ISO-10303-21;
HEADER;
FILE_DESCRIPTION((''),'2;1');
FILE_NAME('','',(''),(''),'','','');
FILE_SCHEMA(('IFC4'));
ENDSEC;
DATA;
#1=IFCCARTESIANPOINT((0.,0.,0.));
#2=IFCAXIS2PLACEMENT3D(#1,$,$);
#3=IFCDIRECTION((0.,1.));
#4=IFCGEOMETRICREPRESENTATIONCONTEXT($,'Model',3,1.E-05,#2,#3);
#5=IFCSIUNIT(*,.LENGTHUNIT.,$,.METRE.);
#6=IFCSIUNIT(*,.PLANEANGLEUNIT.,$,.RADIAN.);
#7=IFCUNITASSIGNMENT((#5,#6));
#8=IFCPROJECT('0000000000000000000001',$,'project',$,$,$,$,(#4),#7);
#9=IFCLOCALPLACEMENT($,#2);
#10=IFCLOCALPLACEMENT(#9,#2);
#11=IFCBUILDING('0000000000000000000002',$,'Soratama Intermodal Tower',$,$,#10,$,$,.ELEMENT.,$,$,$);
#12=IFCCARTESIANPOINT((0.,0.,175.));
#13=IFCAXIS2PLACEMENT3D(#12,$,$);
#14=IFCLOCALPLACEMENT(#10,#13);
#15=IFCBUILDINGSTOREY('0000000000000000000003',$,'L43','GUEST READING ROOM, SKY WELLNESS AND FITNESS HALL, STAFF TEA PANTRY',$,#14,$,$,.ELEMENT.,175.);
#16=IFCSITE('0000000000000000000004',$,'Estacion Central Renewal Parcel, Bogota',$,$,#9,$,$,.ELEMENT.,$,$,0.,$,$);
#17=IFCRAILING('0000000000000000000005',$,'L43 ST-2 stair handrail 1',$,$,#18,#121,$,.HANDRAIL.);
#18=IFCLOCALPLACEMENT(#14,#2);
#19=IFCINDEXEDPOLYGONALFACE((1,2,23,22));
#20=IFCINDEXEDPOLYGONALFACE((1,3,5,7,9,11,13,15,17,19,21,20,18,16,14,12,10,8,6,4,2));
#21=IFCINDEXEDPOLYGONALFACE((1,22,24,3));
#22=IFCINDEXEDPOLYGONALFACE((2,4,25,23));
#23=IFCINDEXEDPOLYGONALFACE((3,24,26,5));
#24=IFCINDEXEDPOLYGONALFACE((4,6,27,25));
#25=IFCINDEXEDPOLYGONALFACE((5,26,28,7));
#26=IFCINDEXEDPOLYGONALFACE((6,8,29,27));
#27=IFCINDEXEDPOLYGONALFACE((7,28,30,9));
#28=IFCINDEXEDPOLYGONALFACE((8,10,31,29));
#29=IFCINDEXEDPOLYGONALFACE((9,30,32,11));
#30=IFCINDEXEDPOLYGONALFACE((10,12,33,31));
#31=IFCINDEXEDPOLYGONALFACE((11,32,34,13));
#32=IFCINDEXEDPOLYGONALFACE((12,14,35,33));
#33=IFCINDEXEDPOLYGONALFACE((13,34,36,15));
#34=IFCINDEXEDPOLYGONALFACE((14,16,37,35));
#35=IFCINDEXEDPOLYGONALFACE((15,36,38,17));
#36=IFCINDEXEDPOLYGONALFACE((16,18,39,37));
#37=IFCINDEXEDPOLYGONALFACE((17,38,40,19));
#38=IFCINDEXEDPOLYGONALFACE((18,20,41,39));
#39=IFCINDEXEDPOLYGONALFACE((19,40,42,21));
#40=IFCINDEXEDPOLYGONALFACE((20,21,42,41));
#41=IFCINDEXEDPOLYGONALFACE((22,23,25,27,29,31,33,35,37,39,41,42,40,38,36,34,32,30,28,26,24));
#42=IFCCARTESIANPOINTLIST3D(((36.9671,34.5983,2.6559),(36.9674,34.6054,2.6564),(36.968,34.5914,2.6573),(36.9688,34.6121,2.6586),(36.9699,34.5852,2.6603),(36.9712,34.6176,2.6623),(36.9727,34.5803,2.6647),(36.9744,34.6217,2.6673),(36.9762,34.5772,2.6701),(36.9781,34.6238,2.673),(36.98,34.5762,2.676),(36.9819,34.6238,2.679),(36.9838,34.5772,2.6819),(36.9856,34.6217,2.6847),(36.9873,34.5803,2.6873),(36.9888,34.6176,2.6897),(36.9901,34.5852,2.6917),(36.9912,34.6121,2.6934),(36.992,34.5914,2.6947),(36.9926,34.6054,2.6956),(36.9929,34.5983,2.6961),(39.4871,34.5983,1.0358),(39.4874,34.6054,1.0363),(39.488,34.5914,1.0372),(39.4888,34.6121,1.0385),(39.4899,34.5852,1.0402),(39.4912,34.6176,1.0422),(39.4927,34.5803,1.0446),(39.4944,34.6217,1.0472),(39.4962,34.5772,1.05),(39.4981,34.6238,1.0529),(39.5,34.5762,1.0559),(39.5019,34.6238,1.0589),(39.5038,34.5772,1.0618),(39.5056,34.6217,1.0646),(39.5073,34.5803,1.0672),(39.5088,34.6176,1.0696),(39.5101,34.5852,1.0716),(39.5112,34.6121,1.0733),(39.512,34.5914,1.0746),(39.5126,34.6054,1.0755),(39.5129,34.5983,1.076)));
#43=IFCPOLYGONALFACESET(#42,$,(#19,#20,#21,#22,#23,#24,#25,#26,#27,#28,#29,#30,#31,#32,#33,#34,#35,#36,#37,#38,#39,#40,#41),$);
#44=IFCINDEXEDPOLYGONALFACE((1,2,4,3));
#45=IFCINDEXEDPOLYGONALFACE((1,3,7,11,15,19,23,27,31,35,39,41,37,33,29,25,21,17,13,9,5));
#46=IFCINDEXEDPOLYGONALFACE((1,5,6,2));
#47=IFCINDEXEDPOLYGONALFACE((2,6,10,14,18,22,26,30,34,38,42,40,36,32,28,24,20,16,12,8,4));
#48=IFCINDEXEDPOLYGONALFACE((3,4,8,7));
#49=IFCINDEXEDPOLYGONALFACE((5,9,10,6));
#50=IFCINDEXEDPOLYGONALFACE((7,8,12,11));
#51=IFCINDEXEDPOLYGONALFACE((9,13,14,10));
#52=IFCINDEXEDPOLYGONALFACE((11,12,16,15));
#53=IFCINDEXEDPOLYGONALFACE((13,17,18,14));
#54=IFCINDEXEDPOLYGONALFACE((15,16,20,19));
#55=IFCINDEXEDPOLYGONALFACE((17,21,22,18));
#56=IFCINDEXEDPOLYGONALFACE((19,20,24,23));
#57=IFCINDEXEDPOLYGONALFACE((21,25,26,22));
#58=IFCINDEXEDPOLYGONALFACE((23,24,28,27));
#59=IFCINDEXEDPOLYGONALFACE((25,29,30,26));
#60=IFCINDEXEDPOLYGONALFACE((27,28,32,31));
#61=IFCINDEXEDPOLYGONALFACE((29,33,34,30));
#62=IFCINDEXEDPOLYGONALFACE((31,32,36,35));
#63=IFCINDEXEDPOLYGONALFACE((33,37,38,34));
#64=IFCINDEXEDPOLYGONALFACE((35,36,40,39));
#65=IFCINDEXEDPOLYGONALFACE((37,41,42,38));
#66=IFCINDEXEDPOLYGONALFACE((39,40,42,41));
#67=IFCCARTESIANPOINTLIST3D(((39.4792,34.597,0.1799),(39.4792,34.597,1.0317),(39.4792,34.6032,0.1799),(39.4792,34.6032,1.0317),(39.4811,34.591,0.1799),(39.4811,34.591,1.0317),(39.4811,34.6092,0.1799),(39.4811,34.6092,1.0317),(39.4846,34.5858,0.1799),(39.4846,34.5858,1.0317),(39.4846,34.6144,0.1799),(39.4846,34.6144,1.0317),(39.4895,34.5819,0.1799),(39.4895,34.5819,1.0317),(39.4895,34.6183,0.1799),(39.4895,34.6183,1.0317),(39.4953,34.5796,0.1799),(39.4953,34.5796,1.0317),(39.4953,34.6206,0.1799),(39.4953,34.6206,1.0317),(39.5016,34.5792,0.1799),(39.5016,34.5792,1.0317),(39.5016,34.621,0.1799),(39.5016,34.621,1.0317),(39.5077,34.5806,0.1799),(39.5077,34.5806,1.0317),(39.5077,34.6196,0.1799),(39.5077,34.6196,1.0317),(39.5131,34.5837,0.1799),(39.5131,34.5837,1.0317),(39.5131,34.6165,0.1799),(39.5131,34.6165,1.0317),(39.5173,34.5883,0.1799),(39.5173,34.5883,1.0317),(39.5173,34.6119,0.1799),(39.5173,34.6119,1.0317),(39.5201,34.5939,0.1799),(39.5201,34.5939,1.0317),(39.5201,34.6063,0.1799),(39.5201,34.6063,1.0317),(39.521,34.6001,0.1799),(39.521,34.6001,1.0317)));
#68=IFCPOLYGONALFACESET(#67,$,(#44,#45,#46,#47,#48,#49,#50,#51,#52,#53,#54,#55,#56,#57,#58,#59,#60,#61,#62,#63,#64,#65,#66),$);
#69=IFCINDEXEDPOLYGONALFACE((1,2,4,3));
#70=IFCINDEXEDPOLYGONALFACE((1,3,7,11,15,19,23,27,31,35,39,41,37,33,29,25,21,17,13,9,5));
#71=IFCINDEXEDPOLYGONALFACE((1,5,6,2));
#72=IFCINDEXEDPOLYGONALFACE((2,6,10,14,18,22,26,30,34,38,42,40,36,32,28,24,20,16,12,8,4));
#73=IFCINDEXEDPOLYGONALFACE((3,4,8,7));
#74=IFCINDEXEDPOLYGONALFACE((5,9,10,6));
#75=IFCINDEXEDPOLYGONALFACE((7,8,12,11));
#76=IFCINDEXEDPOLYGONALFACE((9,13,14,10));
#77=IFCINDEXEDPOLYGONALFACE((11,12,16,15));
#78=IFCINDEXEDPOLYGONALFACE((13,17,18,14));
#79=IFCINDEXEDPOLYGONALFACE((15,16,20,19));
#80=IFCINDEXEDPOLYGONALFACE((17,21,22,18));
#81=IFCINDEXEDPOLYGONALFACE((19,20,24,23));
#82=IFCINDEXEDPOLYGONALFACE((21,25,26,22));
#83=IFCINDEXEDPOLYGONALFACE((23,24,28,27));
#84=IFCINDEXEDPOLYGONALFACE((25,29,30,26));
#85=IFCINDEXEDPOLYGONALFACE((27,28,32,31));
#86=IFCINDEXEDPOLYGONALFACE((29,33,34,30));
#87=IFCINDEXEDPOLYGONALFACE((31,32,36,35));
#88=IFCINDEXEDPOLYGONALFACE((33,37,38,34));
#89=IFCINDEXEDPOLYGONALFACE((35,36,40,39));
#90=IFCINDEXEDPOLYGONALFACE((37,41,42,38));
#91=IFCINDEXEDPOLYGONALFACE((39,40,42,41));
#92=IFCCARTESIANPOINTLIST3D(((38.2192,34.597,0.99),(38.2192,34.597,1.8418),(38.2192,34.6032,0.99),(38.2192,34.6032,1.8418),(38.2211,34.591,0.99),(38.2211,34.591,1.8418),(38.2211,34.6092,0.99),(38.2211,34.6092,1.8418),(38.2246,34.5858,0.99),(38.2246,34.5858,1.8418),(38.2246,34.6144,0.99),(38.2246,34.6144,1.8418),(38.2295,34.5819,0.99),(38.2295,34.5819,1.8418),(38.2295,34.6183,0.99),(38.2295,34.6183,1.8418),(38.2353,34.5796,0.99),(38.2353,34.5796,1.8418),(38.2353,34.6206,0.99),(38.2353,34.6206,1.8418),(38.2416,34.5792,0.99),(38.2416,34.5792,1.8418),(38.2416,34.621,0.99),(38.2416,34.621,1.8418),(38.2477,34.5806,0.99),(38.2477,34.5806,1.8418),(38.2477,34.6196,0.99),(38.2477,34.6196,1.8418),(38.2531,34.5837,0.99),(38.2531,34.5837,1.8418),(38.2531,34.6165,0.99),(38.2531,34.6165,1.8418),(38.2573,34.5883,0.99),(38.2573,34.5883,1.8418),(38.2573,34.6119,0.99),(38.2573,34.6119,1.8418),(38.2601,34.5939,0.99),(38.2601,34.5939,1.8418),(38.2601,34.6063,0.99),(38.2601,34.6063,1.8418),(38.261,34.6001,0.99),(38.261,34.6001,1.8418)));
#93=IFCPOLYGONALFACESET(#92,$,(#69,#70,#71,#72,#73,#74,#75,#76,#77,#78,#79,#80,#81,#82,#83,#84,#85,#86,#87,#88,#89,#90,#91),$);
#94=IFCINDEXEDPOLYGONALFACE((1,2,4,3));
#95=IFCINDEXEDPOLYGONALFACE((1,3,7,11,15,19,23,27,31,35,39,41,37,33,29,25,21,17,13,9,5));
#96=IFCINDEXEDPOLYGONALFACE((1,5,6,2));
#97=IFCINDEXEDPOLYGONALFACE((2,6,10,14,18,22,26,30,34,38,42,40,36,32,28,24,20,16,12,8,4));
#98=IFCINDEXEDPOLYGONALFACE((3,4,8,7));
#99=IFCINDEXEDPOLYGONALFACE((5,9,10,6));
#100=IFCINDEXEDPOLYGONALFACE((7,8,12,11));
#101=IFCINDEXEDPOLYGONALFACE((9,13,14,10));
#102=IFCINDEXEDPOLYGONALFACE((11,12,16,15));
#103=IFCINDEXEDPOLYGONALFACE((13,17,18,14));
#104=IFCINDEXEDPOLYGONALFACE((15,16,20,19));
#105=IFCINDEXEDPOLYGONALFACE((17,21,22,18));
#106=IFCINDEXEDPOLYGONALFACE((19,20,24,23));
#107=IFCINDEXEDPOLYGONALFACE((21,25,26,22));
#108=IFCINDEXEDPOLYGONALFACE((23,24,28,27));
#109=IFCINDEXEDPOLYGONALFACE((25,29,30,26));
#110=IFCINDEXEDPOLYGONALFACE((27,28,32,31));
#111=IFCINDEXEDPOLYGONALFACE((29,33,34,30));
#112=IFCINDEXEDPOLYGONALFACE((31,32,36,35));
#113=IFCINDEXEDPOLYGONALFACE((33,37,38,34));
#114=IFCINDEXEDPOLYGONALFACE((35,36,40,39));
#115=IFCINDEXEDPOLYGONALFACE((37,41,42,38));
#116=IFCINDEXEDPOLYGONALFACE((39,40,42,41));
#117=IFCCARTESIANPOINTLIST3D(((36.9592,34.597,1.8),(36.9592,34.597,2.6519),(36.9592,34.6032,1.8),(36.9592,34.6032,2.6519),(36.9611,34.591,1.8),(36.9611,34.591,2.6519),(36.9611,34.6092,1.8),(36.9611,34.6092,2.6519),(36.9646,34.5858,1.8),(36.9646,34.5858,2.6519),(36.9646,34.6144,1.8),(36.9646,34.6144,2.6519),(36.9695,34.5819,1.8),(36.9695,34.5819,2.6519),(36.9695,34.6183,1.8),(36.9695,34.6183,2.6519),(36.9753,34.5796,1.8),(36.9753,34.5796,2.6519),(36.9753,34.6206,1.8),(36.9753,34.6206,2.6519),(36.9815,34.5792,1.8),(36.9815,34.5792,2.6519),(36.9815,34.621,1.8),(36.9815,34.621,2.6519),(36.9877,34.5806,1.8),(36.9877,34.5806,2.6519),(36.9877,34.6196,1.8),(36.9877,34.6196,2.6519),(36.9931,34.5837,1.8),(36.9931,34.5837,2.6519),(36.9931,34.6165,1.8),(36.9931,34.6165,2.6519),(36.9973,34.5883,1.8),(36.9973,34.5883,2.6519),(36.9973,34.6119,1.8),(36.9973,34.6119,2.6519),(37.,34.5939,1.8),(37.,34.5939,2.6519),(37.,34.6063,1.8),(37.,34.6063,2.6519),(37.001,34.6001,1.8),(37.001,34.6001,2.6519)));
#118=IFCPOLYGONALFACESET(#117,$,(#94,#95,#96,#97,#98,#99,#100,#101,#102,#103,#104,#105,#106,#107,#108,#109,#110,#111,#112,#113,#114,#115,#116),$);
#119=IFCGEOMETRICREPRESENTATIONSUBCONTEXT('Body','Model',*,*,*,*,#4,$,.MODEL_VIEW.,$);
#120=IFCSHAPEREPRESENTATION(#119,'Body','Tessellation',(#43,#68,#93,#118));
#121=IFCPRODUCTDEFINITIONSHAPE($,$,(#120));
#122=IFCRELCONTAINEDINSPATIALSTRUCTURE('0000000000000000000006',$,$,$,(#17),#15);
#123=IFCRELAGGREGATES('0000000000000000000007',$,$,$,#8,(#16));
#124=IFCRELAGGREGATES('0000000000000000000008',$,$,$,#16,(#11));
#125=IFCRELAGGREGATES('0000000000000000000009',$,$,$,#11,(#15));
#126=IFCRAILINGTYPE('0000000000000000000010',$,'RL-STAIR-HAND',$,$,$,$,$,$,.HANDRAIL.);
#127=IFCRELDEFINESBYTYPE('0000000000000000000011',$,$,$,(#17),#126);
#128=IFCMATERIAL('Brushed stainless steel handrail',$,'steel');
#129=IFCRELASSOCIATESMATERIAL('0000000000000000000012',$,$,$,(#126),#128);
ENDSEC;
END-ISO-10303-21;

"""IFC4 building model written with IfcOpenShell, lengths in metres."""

from ifc_helpers import new_model, si_unit, direction, frame, origin, origin_2d, place, context, subcontext, project, spatial, circle, extrude, material, type_object, element, save


model = new_model("IFC4")

# Units and contexts
model_context = context("Model", 3, precision=1e-05, world=origin(), true_north=direction((0.0, 1.0)))
body_context = subcontext(model_context, "Body", "Model", "MODEL_VIEW")
ifc_project = project(units=[si_unit("LENGTHUNIT", "METRE"), si_unit("PLANEANGLEUNIT", "RADIAN")], contexts=[model_context])

# Site, building, storey
site_placement = place(None, origin())
site = spatial("IfcSite", under=ifc_project, at=site_placement, Name="Estacion Central Renewal Parcel, Bogota", CompositionType="ELEMENT", RefElevation=0.0)
building_placement = place(site_placement, origin())
building = spatial("IfcBuilding", under=site, at=building_placement, Name="Soratama Intermodal Tower", CompositionType="ELEMENT")
storey_placement = place(building_placement, frame((0.0, 0.0, 175.0)))
storey = spatial("IfcBuildingStorey", under=building, at=storey_placement, Name="L43", Description="GUEST READING ROOM, SKY WELLNESS AND FITNESS HALL, STAFF TEA PANTRY", CompositionType="ELEMENT", Elevation=175.0)

# Railing
ifc_material_1 = material(Name="Brushed stainless steel handrail", Category="steel")
railing_type_1 = type_object("IfcRailingType", Name="RL-STAIR-HAND", PredefinedType="HANDRAIL", material=ifc_material_1)
railing_1_placement = place(storey_placement, frame((39.5, 34.6001, 0.1799)))
element("IfcRailing", 1, at=railing_1_placement, inside=storey, type_object=railing_type_1, Name="L43 ST-2 stair handrail 1", PredefinedType="HANDRAIL", context=body_context, shape_type="SweptSolid", body=[
    extrude(circle(Radius=0.0239, at=origin_2d()), frame((0.0, 0.0, 0.876), z_axis=(-0.841163, 0.0, 0.540782), x_axis=(0.0, -1.0, 0.0)), (0.0, 0.0, 1.0), 2.9958),
    extrude(circle(Radius=0.021, at=origin_2d()), origin(), (0.0, 0.0, 1.0), 0.8518),
    extrude(circle(Radius=0.021, at=origin_2d()), frame((-1.26, 0.0, 0.8101)), (0.0, 0.0, 1.0), 0.8518),
    extrude(circle(Radius=0.021, at=origin_2d()), frame((-2.52, 0.0, 1.6201)), (0.0, 0.0, 1.0), 0.8518),
])

save(model, "model.ifc")
